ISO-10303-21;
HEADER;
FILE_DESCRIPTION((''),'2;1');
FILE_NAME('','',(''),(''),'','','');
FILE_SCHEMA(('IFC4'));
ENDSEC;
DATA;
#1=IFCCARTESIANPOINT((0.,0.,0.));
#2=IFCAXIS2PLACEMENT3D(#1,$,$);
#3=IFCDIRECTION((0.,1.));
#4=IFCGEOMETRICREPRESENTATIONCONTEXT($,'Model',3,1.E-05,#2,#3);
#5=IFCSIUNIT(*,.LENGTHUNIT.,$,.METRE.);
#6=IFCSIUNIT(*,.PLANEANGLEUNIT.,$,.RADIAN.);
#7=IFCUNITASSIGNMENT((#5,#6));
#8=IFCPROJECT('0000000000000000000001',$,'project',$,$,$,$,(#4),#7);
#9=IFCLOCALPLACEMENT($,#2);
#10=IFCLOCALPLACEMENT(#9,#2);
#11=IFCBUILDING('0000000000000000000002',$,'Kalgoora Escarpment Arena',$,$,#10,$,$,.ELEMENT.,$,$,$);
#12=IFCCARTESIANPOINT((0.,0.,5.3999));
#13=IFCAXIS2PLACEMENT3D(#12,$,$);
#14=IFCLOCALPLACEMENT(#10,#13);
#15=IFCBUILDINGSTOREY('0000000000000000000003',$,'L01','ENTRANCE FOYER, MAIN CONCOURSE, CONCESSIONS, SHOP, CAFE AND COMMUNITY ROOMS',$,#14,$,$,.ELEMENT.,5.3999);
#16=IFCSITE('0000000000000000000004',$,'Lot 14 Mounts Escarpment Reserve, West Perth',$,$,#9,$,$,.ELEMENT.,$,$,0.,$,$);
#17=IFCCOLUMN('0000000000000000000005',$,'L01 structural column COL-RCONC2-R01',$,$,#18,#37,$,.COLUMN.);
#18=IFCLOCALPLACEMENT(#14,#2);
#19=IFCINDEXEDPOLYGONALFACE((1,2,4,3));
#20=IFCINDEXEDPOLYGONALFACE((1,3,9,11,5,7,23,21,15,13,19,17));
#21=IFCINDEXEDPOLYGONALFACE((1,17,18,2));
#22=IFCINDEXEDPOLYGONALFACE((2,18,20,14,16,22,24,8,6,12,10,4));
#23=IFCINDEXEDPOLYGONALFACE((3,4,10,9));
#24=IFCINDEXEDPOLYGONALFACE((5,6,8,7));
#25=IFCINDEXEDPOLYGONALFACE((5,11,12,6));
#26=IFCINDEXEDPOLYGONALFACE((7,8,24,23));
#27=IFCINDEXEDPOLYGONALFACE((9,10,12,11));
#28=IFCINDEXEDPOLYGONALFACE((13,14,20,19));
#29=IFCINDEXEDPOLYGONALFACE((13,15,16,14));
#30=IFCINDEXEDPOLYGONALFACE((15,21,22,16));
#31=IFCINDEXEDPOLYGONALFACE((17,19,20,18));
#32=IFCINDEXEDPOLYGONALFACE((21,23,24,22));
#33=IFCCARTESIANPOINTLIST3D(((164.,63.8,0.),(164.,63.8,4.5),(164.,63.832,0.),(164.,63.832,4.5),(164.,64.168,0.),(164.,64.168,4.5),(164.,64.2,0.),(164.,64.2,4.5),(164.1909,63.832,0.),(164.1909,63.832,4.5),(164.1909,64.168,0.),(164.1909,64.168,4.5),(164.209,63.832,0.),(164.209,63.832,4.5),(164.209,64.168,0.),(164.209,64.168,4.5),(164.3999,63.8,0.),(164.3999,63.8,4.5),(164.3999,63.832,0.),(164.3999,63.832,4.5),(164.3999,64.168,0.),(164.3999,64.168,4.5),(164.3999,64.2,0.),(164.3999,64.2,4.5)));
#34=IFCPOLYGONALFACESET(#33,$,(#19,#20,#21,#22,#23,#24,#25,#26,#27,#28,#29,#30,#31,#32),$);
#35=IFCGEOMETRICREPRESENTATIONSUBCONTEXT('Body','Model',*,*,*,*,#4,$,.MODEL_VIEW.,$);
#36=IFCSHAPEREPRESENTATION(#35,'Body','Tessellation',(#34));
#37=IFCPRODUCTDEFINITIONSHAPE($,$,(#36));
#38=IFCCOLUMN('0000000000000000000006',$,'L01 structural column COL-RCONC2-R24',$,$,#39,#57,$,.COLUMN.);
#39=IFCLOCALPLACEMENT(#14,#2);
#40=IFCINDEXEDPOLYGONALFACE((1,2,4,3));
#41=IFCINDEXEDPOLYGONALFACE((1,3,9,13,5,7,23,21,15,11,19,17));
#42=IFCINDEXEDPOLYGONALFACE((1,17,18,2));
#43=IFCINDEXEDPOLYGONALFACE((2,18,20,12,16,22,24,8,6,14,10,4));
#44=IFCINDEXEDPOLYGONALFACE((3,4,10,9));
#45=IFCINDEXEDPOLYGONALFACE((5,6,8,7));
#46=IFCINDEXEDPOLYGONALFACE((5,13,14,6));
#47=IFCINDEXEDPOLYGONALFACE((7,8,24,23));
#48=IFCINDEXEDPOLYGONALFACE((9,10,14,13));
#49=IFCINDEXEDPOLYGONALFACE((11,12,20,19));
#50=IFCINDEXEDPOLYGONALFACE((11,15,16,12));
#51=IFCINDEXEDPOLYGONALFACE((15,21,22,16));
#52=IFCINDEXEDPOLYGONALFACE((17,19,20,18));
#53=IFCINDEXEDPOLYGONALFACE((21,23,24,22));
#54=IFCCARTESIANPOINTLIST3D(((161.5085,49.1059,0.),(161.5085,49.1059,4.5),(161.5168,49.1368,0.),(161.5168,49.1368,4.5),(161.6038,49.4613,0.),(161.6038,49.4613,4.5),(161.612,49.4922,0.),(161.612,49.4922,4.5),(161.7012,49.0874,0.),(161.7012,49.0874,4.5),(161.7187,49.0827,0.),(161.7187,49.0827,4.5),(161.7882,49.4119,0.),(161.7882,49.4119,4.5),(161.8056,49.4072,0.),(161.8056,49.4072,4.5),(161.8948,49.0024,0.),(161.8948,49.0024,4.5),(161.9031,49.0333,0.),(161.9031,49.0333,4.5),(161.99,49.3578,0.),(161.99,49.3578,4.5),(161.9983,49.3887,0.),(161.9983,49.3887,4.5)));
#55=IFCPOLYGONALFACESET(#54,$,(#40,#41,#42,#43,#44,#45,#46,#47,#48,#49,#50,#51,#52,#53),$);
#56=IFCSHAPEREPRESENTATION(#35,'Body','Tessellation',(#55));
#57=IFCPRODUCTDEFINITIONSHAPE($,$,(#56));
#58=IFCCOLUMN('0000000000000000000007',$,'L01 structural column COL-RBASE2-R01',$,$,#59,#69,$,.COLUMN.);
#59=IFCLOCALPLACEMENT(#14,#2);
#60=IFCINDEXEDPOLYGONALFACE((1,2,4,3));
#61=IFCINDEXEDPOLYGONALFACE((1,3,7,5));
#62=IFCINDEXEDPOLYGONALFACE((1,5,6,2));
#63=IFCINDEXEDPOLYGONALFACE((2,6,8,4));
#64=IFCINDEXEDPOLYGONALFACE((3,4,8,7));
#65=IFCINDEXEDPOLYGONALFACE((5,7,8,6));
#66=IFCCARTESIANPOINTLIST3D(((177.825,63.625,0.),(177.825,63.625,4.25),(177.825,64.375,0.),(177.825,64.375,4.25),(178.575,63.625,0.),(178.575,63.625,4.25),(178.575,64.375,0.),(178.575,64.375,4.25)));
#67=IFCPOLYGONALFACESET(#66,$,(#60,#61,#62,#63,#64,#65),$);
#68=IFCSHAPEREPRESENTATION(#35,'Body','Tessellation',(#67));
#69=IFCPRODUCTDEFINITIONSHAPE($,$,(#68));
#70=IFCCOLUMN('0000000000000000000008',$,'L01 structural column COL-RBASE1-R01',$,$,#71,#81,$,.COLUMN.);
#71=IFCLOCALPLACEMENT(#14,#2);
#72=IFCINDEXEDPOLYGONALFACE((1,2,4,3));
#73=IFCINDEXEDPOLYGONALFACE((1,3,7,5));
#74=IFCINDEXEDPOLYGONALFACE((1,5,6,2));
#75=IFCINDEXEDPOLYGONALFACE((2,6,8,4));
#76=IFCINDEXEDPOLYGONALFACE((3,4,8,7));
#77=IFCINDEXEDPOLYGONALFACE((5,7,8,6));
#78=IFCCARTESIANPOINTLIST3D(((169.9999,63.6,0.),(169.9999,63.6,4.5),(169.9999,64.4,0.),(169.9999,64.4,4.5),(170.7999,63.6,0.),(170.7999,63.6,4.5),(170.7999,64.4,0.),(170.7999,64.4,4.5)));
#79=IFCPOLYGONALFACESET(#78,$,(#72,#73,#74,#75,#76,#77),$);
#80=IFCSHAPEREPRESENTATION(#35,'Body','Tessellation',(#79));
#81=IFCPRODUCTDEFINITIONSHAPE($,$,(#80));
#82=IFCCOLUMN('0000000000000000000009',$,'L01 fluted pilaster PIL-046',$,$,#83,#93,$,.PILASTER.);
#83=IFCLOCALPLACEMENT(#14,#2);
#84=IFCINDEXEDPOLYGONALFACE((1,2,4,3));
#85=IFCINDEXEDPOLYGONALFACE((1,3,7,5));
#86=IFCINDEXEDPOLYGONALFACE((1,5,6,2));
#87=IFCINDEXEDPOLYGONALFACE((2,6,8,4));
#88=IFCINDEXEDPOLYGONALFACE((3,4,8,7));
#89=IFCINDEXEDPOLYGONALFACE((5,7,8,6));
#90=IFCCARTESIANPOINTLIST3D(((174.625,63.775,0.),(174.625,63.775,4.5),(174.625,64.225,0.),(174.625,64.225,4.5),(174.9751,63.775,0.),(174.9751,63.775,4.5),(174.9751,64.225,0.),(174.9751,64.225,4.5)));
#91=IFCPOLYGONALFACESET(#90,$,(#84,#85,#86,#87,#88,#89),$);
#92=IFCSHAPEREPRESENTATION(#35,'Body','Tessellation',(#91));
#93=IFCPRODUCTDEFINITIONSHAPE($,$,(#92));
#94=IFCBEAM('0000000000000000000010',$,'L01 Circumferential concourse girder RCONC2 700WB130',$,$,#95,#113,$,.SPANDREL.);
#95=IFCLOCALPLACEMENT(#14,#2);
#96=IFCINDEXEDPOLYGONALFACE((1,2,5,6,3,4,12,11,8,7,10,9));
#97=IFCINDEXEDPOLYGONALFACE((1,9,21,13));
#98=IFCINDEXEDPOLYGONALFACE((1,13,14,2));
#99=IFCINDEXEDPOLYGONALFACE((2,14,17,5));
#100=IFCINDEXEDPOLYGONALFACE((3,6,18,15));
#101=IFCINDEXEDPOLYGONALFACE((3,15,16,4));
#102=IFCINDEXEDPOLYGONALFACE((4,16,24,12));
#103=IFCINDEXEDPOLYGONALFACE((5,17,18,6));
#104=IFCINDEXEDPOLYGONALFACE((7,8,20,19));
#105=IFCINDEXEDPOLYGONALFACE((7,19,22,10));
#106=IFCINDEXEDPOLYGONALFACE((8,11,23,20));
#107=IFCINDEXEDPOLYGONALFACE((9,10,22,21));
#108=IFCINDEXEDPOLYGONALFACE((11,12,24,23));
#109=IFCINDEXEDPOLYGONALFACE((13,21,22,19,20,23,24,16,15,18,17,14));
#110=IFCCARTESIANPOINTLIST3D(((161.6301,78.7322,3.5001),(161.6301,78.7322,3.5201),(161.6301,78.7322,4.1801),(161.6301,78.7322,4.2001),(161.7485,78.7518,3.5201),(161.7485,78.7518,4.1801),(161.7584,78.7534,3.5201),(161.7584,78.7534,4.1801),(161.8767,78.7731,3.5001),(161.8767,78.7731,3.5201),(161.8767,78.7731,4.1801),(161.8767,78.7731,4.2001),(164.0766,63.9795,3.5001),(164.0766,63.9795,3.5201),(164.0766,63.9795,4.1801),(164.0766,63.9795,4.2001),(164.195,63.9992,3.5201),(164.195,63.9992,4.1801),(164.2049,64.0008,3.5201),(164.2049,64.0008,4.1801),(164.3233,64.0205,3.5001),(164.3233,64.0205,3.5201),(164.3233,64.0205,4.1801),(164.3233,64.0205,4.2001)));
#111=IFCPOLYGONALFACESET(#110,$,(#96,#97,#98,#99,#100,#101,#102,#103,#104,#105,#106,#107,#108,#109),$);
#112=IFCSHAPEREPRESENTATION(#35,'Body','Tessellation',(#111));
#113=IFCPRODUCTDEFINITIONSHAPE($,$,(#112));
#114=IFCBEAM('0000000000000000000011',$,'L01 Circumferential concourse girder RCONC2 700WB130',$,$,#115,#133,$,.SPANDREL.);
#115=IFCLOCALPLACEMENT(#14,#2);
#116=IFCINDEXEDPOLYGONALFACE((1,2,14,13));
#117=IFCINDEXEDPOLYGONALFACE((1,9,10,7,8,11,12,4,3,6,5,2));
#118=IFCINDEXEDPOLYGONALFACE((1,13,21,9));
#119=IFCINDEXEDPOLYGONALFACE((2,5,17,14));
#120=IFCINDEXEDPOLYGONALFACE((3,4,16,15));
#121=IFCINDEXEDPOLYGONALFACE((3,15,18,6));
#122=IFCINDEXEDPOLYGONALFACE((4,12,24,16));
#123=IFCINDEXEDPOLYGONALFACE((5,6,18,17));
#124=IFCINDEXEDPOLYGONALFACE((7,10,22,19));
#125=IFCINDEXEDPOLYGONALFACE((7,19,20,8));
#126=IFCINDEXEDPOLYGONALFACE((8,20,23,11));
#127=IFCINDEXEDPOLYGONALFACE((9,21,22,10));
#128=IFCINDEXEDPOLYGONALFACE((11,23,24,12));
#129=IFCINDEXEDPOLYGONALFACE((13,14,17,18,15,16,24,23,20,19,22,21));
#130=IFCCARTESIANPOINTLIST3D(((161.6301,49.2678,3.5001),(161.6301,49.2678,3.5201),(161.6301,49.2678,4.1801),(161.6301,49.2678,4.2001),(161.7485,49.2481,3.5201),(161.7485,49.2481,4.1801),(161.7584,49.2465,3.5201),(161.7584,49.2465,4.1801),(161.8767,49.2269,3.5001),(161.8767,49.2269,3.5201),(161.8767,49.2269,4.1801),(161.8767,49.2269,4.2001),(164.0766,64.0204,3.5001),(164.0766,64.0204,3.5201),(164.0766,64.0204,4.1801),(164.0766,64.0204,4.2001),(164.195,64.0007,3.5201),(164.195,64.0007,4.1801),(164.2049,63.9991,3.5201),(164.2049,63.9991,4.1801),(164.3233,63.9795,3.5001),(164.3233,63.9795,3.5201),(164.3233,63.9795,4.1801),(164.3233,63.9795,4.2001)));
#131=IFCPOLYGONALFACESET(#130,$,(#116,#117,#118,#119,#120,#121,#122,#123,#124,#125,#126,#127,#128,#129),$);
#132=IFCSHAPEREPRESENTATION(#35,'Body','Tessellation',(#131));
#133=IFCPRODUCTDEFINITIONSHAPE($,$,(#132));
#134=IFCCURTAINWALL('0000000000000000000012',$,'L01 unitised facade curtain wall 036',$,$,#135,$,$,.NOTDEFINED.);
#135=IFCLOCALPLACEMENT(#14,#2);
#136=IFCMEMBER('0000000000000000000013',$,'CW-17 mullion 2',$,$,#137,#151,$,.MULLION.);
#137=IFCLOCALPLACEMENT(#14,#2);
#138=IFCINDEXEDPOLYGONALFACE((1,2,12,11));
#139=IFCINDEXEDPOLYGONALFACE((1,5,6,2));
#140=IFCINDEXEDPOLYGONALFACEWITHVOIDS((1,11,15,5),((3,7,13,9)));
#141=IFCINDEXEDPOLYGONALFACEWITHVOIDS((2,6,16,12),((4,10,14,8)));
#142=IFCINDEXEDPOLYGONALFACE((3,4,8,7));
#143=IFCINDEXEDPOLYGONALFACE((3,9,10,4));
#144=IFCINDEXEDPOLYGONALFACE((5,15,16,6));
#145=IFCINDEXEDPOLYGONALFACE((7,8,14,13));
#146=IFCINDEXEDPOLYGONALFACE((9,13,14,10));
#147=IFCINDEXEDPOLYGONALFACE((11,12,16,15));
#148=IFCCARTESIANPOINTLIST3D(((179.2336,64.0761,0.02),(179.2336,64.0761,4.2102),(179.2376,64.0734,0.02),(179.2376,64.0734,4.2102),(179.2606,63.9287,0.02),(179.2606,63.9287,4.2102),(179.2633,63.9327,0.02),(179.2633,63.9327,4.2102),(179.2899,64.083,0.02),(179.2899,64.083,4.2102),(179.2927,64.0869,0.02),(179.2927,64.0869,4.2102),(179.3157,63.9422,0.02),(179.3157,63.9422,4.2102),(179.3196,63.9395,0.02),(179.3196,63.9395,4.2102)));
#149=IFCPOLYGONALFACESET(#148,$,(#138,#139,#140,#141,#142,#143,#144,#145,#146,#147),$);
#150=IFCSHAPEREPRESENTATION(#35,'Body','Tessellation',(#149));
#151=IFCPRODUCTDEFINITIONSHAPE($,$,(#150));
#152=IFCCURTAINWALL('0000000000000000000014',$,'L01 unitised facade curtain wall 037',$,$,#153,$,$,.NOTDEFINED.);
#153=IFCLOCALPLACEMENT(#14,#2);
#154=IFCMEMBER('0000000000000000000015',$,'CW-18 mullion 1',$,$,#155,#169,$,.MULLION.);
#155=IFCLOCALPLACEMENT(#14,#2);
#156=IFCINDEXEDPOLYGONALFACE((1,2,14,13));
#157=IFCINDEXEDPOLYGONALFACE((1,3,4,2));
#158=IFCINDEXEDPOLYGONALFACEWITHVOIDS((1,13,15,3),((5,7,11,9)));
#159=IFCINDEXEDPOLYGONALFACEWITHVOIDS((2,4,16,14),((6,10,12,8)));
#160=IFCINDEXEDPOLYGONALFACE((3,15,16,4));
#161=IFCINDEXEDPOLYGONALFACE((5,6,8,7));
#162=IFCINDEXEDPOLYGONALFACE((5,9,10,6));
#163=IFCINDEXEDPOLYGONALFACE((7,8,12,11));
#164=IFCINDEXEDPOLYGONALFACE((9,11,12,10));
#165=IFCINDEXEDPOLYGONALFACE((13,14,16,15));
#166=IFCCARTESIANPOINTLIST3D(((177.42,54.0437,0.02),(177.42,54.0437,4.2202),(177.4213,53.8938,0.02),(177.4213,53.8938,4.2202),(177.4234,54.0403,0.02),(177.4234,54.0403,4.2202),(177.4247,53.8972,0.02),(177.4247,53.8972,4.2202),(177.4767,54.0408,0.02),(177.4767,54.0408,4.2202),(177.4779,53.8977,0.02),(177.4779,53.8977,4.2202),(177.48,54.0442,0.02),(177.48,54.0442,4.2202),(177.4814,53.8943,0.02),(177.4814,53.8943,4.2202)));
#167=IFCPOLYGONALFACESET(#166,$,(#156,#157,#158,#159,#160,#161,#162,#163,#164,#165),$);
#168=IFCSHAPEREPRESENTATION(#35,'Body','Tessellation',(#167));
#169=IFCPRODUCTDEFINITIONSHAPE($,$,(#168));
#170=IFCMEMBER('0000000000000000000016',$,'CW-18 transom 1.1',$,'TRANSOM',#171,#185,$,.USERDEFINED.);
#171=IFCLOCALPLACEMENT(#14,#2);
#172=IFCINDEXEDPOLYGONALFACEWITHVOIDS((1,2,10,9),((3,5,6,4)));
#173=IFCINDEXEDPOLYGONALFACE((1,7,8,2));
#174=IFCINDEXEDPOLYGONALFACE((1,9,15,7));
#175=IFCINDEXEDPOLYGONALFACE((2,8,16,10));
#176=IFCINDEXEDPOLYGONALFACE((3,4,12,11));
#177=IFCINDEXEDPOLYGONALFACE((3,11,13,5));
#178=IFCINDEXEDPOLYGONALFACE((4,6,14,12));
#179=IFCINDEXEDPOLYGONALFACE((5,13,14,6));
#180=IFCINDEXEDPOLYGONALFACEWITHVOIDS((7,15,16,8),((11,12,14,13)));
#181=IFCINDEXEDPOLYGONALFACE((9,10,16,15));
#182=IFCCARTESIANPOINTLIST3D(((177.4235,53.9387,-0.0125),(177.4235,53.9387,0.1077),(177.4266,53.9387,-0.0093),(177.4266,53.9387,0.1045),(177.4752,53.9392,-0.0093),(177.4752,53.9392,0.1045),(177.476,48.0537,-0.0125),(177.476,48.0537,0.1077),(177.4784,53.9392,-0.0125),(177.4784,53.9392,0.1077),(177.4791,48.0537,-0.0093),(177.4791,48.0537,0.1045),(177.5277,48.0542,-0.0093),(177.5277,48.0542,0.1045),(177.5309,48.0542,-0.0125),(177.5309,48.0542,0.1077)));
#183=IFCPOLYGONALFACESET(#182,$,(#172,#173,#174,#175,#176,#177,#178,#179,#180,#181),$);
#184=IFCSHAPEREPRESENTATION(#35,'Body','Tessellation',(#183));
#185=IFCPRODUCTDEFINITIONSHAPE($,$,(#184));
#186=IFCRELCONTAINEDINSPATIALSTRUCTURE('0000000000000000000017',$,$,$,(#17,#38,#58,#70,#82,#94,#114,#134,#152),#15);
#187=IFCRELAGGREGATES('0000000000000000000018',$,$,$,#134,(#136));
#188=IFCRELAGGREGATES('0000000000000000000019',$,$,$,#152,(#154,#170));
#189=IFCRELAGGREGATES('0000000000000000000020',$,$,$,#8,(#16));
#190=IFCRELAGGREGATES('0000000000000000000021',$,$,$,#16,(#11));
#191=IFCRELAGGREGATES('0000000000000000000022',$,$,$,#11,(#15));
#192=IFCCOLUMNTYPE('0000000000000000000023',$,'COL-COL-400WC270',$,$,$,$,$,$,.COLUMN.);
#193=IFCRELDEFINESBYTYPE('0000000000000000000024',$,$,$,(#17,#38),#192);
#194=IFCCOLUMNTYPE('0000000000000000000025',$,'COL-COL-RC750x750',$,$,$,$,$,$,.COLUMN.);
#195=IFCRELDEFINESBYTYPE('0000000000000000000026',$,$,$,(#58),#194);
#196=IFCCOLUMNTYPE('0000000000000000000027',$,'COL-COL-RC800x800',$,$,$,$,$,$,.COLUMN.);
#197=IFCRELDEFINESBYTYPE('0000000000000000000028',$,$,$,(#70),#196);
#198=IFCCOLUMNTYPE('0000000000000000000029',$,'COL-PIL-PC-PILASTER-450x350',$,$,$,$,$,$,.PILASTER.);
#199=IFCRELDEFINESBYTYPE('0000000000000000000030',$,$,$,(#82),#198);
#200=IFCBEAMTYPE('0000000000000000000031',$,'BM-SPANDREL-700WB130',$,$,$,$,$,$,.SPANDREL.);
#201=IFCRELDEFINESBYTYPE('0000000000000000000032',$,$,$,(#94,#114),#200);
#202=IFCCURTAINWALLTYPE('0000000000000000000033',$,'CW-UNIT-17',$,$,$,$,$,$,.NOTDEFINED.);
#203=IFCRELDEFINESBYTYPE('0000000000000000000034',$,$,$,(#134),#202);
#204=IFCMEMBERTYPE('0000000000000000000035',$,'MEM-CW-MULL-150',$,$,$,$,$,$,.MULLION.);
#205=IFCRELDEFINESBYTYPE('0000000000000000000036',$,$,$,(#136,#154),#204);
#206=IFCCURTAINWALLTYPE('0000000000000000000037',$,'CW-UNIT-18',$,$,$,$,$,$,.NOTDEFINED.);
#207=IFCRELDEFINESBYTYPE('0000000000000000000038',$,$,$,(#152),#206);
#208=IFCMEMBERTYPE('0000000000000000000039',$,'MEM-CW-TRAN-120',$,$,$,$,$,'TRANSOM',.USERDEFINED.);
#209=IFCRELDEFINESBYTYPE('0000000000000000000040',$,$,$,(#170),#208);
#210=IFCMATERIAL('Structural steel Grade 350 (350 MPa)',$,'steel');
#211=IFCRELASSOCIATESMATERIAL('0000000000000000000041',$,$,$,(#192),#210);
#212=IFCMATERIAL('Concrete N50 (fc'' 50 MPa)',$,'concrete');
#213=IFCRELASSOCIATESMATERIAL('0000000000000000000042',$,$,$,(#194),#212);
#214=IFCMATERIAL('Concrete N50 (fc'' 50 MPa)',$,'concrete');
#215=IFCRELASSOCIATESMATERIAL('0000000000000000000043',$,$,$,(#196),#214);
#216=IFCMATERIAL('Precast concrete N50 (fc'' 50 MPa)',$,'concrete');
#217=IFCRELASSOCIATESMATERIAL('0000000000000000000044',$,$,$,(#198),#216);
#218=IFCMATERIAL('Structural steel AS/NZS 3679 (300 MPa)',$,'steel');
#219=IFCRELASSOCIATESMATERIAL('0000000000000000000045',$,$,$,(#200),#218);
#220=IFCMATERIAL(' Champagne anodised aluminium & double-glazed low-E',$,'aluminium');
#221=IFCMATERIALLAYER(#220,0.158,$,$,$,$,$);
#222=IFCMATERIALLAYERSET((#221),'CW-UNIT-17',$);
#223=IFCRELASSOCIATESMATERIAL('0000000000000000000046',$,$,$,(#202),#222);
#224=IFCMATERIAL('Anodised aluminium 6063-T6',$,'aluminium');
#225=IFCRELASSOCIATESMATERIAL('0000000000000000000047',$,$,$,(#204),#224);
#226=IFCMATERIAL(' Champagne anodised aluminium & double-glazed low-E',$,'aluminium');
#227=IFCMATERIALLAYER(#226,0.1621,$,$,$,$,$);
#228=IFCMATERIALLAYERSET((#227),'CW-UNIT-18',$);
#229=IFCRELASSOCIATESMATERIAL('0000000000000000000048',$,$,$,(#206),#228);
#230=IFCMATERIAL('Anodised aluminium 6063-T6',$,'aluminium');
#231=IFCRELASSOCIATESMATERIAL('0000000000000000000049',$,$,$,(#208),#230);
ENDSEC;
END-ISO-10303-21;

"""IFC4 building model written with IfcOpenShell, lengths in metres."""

from ifc_helpers import new_model, si_unit, direction, frame, origin, origin_2d, place, context, subcontext, project, spatial, rectangle, hollow_rectangle, i_section, extrude, material, layer, layer_set, material_profile, profile_set, type_object, element, aggregate, save


model = new_model("IFC4")

# Units and contexts
model_context = context("Model", 3, precision=1e-05, world=origin(), true_north=direction((0.0, 1.0)))
body_context = subcontext(model_context, "Body", "Model", "MODEL_VIEW")
ifc_project = project(units=[si_unit("LENGTHUNIT", "METRE"), si_unit("PLANEANGLEUNIT", "RADIAN")], contexts=[model_context])

# Site, building, storey
site_placement = place(None, origin())
site = spatial("IfcSite", under=ifc_project, at=site_placement, Name="Lot 14 Mounts Escarpment Reserve, West Perth", CompositionType="ELEMENT", RefElevation=0.0)
building_placement = place(site_placement, origin())
building = spatial("IfcBuilding", under=site, at=building_placement, Name="Kalgoora Escarpment Arena", CompositionType="ELEMENT")
storey_placement = place(building_placement, frame((0.0, 0.0, 5.3999)))
storey = spatial("IfcBuildingStorey", under=building, at=storey_placement, Name="L01", Description="ENTRANCE FOYER, MAIN CONCOURSE, CONCESSIONS, SHOP, CAFE AND COMMUNITY ROOMS", CompositionType="ELEMENT", Elevation=5.3999)

# Columns
ifc_material_1 = material(Name="Structural steel Grade 350 (350 MPa)", Category="steel")
ifc_material_profile_1 = material_profile(ifc_material_1, i_section(OverallWidth=0.3999, OverallDepth=0.3999, WebThickness=0.0181, FlangeThickness=0.032, at=origin_2d()))
ifc_profile_set_1 = profile_set([ifc_material_profile_1], Name="Structural steel Grade 350 (350 MPa)")
column_type_1 = type_object("IfcColumnType", Name="COL-COL-400WC270", PredefinedType="COLUMN", material=ifc_profile_set_1)
for number, where, z_axis, x_axis, name in (
    (1, (164.2, 64.0, 0.0), (0.0, 0.0, 1.0), (1.0, 0.0, 0.0), "L01 structural column COL-RCONC2-R01"),
    (2, (161.7534, 49.2473, 0.0), (0.0, 0.0, 1.0), (0.965926, -0.258819, 0.0), "L01 structural column COL-RCONC2-R24"),
):
    element("IfcColumn", number, at=place(storey_placement, frame(where, z_axis=z_axis, x_axis=x_axis)), inside=storey, type_object=column_type_1, Name=name, PredefinedType="COLUMN", context=body_context, shape_type="SweptSolid", body=[
        extrude(i_section(OverallWidth=0.3999, OverallDepth=0.3999, WebThickness=0.0181, FlangeThickness=0.032, at=origin_2d()), origin(), (0.0, 0.0, 1.0), 4.5),
    ])
ifc_material_2 = material(Name="Concrete N50 (fc' 50 MPa)", Category="concrete")
ifc_material_profile_2 = material_profile(ifc_material_2, rectangle(XDim=0.75, YDim=0.75, at=origin_2d()))
ifc_profile_set_2 = profile_set([ifc_material_profile_2], Name="Concrete N50 (fc' 50 MPa)")
column_type_2 = type_object("IfcColumnType", Name="COL-COL-RC750x750", PredefinedType="COLUMN", material=ifc_profile_set_2)
column_1_placement = place(storey_placement, frame((178.2, 64.0, 0.0), z_axis=(0.0, 0.0, 1.0), x_axis=(1.0, 0.0, 0.0)))
element("IfcColumn", 3, at=column_1_placement, inside=storey, type_object=column_type_2, Name="L01 structural column COL-RBASE2-R01", PredefinedType="COLUMN", context=body_context, shape_type="SweptSolid", body=[
    extrude(rectangle(XDim=0.75, YDim=0.75, at=origin_2d()), origin(), (0.0, 0.0, 1.0), 4.25),
])
ifc_material_3 = material(Name="Concrete N50 (fc' 50 MPa)", Category="concrete")
ifc_material_profile_3 = material_profile(ifc_material_3, rectangle(XDim=0.8, YDim=0.8, at=origin_2d()))
ifc_profile_set_3 = profile_set([ifc_material_profile_3], Name="Concrete N50 (fc' 50 MPa)")
column_type_3 = type_object("IfcColumnType", Name="COL-COL-RC800x800", PredefinedType="COLUMN", material=ifc_profile_set_3)
column_2_placement = place(storey_placement, frame((170.3999, 64.0, 0.0), z_axis=(0.0, 0.0, 1.0), x_axis=(1.0, 0.0, 0.0)))
element("IfcColumn", 4, at=column_2_placement, inside=storey, type_object=column_type_3, Name="L01 structural column COL-RBASE1-R01", PredefinedType="COLUMN", context=body_context, shape_type="SweptSolid", body=[
    extrude(rectangle(XDim=0.8, YDim=0.8, at=origin_2d()), origin(), (0.0, 0.0, 1.0), 4.5),
])
ifc_material_4 = material(Name="Precast concrete N50 (fc' 50 MPa)", Category="concrete")
ifc_material_profile_4 = material_profile(ifc_material_4, rectangle(XDim=0.3501, YDim=0.45, at=origin_2d()))
ifc_profile_set_4 = profile_set([ifc_material_profile_4], Name="Precast concrete N50 (fc' 50 MPa)")
column_type_4 = type_object("IfcColumnType", Name="COL-PIL-PC-PILASTER-450x350", PredefinedType="PILASTER", material=ifc_profile_set_4)
column_3_placement = place(storey_placement, frame((174.8, 64.0, 0.0), z_axis=(0.0, 0.0, 1.0), x_axis=(1.0, 0.0, 0.0)))
element("IfcColumn", 5, at=column_3_placement, inside=storey, type_object=column_type_4, Name="L01 fluted pilaster PIL-046", PredefinedType="PILASTER", context=body_context, shape_type="SweptSolid", body=[
    extrude(rectangle(XDim=0.3501, YDim=0.45, at=origin_2d()), origin(), (0.0, 0.0, 1.0), 4.5),
])

# Beams
ifc_material_5 = material(Name="Structural steel AS/NZS 3679 (300 MPa)", Category="steel")
ifc_material_profile_5 = material_profile(ifc_material_5, i_section(OverallWidth=0.25, OverallDepth=0.7, WebThickness=0.01, FlangeThickness=0.02, at=origin_2d()))
ifc_profile_set_5 = profile_set([ifc_material_profile_5], Name="Structural steel AS/NZS 3679 (300 MPa)")
beam_type = type_object("IfcBeamType", Name="BM-SPANDREL-700WB130", PredefinedType="SPANDREL", material=ifc_profile_set_5)
for number, where, z_axis, x_axis, name in (
    (6, (164.2, 64.0, 3.8501), (-0.163602, 0.986526, 0.0), (-0.986526, -0.163602, 0.0), "L01 Circumferential concourse girder RCONC2 700WB130"),
    (7, (161.7534, 49.2473, 3.8501), (0.163602, 0.986526, 0.0), (-0.986526, 0.163602, 0.0), "L01 Circumferential concourse girder RCONC2 700WB130"),
):
    element("IfcBeam", number, at=place(storey_placement, frame(where, z_axis=z_axis, x_axis=x_axis)), inside=storey, type_object=beam_type, Name=name, PredefinedType="SPANDREL", context=body_context, shape_type="SweptSolid", body=[
        extrude(i_section(OverallWidth=0.25, OverallDepth=0.7, WebThickness=0.01, FlangeThickness=0.02, at=origin_2d()), origin(), (0.0, 0.0, 1.0), 14.9541),
    ])

# Curtain wall, member
ifc_material_6 = material(Name=" Champagne anodised aluminium & double-glazed low-E", Category="aluminium")
ifc_layer_1 = layer(ifc_material_6, 0.158)
ifc_layer_set_1 = layer_set([ifc_layer_1], Name="CW-UNIT-17")
curtain_wall_type_1 = type_object("IfcCurtainWallType", Name="CW-UNIT-17", PredefinedType="NOTDEFINED", material=ifc_layer_set_1)
curtain_wall_1_placement = place(storey_placement, origin())
curtain_wall_1 = element("IfcCurtainWall", 8, at=curtain_wall_1_placement, inside=storey, type_object=curtain_wall_type_1, Name="L01 unitised facade curtain wall 036", PredefinedType="NOTDEFINED")
ifc_material_7 = material(Name="Anodised aluminium 6063-T6", Category="aluminium")
ifc_material_profile_6 = material_profile(ifc_material_7, hollow_rectangle(XDim=0.0601, YDim=0.1499, WallThickness=0.0034, at=origin_2d()))
ifc_profile_set_6 = profile_set([ifc_material_profile_6], Name="Anodised aluminium 6063-T6")
member_type_1 = type_object("IfcMemberType", Name="MEM-CW-MULL-150", PredefinedType="MULLION", material=ifc_profile_set_6)
member_1_placement = place(storey_placement, frame((179.2766, 64.0078, 0.02), z_axis=(0.0, 0.0, 1.0), x_axis=(0.983666, 0.180002, 0.0)))
member_1 = element("IfcMember", 9, at=member_1_placement, type_object=member_type_1, Name="CW-17 mullion 2", PredefinedType="MULLION", context=body_context, shape_type="SweptSolid", body=[
    extrude(hollow_rectangle(XDim=0.0601, YDim=0.1499, WallThickness=0.0034, at=origin_2d()), origin(), (0.0, 0.0, 1.0), 4.1902),
])
aggregate(curtain_wall_1, [member_1])

# Curtain wall, members
ifc_material_8 = material(Name=" Champagne anodised aluminium & double-glazed low-E", Category="aluminium")
ifc_layer_2 = layer(ifc_material_8, 0.1621)
ifc_layer_set_2 = layer_set([ifc_layer_2], Name="CW-UNIT-18")
curtain_wall_type_2 = type_object("IfcCurtainWallType", Name="CW-UNIT-18", PredefinedType="NOTDEFINED", material=ifc_layer_set_2)
curtain_wall_2_placement = place(storey_placement, origin())
curtain_wall_2 = element("IfcCurtainWall", 10, at=curtain_wall_2_placement, inside=storey, type_object=curtain_wall_type_2, Name="L01 unitised facade curtain wall 037", PredefinedType="NOTDEFINED")
member_2_placement = place(storey_placement, frame((177.4507, 53.969, 0.02), z_axis=(0.0, 0.0, 1.0), x_axis=(0.99996, 0.008954, 0.0)))
member_2 = element("IfcMember", 11, at=member_2_placement, type_object=member_type_1, Name="CW-18 mullion 1", PredefinedType="MULLION", context=body_context, shape_type="SweptSolid", body=[
    extrude(hollow_rectangle(XDim=0.0601, YDim=0.1499, WallThickness=0.0034, at=origin_2d()), origin(), (0.0, 0.0, 1.0), 4.2002),
])
ifc_material_9 = material(Name="Anodised aluminium 6063-T6", Category="aluminium")
ifc_material_profile_7 = material_profile(ifc_material_9, hollow_rectangle(XDim=0.0549, YDim=0.1201, WallThickness=0.0032, at=origin_2d()))
ifc_profile_set_7 = profile_set([ifc_material_profile_7], Name="Anodised aluminium 6063-T6")
member_type_2 = type_object("IfcMemberType", Name="MEM-CW-TRAN-120", ElementType="TRANSOM", PredefinedType="USERDEFINED", material=ifc_profile_set_7)
member_3_placement = place(storey_placement, frame((177.4509, 53.939, 0.0476), z_axis=(0.008919, -0.99996, 0.0), x_axis=(0.99996, 0.008919, 0.0)))
member_3 = element("IfcMember", 12, at=member_3_placement, type_object=member_type_2, Name="CW-18 transom 1.1", ObjectType="TRANSOM", PredefinedType="USERDEFINED", context=body_context, shape_type="SweptSolid", body=[
    extrude(hollow_rectangle(XDim=0.0549, YDim=0.1201, WallThickness=0.0032, at=origin_2d()), origin(), (0.0, 0.0, 1.0), 5.8853),
])
aggregate(curtain_wall_2, [member_2, member_3])

save(model, "model.ifc")
